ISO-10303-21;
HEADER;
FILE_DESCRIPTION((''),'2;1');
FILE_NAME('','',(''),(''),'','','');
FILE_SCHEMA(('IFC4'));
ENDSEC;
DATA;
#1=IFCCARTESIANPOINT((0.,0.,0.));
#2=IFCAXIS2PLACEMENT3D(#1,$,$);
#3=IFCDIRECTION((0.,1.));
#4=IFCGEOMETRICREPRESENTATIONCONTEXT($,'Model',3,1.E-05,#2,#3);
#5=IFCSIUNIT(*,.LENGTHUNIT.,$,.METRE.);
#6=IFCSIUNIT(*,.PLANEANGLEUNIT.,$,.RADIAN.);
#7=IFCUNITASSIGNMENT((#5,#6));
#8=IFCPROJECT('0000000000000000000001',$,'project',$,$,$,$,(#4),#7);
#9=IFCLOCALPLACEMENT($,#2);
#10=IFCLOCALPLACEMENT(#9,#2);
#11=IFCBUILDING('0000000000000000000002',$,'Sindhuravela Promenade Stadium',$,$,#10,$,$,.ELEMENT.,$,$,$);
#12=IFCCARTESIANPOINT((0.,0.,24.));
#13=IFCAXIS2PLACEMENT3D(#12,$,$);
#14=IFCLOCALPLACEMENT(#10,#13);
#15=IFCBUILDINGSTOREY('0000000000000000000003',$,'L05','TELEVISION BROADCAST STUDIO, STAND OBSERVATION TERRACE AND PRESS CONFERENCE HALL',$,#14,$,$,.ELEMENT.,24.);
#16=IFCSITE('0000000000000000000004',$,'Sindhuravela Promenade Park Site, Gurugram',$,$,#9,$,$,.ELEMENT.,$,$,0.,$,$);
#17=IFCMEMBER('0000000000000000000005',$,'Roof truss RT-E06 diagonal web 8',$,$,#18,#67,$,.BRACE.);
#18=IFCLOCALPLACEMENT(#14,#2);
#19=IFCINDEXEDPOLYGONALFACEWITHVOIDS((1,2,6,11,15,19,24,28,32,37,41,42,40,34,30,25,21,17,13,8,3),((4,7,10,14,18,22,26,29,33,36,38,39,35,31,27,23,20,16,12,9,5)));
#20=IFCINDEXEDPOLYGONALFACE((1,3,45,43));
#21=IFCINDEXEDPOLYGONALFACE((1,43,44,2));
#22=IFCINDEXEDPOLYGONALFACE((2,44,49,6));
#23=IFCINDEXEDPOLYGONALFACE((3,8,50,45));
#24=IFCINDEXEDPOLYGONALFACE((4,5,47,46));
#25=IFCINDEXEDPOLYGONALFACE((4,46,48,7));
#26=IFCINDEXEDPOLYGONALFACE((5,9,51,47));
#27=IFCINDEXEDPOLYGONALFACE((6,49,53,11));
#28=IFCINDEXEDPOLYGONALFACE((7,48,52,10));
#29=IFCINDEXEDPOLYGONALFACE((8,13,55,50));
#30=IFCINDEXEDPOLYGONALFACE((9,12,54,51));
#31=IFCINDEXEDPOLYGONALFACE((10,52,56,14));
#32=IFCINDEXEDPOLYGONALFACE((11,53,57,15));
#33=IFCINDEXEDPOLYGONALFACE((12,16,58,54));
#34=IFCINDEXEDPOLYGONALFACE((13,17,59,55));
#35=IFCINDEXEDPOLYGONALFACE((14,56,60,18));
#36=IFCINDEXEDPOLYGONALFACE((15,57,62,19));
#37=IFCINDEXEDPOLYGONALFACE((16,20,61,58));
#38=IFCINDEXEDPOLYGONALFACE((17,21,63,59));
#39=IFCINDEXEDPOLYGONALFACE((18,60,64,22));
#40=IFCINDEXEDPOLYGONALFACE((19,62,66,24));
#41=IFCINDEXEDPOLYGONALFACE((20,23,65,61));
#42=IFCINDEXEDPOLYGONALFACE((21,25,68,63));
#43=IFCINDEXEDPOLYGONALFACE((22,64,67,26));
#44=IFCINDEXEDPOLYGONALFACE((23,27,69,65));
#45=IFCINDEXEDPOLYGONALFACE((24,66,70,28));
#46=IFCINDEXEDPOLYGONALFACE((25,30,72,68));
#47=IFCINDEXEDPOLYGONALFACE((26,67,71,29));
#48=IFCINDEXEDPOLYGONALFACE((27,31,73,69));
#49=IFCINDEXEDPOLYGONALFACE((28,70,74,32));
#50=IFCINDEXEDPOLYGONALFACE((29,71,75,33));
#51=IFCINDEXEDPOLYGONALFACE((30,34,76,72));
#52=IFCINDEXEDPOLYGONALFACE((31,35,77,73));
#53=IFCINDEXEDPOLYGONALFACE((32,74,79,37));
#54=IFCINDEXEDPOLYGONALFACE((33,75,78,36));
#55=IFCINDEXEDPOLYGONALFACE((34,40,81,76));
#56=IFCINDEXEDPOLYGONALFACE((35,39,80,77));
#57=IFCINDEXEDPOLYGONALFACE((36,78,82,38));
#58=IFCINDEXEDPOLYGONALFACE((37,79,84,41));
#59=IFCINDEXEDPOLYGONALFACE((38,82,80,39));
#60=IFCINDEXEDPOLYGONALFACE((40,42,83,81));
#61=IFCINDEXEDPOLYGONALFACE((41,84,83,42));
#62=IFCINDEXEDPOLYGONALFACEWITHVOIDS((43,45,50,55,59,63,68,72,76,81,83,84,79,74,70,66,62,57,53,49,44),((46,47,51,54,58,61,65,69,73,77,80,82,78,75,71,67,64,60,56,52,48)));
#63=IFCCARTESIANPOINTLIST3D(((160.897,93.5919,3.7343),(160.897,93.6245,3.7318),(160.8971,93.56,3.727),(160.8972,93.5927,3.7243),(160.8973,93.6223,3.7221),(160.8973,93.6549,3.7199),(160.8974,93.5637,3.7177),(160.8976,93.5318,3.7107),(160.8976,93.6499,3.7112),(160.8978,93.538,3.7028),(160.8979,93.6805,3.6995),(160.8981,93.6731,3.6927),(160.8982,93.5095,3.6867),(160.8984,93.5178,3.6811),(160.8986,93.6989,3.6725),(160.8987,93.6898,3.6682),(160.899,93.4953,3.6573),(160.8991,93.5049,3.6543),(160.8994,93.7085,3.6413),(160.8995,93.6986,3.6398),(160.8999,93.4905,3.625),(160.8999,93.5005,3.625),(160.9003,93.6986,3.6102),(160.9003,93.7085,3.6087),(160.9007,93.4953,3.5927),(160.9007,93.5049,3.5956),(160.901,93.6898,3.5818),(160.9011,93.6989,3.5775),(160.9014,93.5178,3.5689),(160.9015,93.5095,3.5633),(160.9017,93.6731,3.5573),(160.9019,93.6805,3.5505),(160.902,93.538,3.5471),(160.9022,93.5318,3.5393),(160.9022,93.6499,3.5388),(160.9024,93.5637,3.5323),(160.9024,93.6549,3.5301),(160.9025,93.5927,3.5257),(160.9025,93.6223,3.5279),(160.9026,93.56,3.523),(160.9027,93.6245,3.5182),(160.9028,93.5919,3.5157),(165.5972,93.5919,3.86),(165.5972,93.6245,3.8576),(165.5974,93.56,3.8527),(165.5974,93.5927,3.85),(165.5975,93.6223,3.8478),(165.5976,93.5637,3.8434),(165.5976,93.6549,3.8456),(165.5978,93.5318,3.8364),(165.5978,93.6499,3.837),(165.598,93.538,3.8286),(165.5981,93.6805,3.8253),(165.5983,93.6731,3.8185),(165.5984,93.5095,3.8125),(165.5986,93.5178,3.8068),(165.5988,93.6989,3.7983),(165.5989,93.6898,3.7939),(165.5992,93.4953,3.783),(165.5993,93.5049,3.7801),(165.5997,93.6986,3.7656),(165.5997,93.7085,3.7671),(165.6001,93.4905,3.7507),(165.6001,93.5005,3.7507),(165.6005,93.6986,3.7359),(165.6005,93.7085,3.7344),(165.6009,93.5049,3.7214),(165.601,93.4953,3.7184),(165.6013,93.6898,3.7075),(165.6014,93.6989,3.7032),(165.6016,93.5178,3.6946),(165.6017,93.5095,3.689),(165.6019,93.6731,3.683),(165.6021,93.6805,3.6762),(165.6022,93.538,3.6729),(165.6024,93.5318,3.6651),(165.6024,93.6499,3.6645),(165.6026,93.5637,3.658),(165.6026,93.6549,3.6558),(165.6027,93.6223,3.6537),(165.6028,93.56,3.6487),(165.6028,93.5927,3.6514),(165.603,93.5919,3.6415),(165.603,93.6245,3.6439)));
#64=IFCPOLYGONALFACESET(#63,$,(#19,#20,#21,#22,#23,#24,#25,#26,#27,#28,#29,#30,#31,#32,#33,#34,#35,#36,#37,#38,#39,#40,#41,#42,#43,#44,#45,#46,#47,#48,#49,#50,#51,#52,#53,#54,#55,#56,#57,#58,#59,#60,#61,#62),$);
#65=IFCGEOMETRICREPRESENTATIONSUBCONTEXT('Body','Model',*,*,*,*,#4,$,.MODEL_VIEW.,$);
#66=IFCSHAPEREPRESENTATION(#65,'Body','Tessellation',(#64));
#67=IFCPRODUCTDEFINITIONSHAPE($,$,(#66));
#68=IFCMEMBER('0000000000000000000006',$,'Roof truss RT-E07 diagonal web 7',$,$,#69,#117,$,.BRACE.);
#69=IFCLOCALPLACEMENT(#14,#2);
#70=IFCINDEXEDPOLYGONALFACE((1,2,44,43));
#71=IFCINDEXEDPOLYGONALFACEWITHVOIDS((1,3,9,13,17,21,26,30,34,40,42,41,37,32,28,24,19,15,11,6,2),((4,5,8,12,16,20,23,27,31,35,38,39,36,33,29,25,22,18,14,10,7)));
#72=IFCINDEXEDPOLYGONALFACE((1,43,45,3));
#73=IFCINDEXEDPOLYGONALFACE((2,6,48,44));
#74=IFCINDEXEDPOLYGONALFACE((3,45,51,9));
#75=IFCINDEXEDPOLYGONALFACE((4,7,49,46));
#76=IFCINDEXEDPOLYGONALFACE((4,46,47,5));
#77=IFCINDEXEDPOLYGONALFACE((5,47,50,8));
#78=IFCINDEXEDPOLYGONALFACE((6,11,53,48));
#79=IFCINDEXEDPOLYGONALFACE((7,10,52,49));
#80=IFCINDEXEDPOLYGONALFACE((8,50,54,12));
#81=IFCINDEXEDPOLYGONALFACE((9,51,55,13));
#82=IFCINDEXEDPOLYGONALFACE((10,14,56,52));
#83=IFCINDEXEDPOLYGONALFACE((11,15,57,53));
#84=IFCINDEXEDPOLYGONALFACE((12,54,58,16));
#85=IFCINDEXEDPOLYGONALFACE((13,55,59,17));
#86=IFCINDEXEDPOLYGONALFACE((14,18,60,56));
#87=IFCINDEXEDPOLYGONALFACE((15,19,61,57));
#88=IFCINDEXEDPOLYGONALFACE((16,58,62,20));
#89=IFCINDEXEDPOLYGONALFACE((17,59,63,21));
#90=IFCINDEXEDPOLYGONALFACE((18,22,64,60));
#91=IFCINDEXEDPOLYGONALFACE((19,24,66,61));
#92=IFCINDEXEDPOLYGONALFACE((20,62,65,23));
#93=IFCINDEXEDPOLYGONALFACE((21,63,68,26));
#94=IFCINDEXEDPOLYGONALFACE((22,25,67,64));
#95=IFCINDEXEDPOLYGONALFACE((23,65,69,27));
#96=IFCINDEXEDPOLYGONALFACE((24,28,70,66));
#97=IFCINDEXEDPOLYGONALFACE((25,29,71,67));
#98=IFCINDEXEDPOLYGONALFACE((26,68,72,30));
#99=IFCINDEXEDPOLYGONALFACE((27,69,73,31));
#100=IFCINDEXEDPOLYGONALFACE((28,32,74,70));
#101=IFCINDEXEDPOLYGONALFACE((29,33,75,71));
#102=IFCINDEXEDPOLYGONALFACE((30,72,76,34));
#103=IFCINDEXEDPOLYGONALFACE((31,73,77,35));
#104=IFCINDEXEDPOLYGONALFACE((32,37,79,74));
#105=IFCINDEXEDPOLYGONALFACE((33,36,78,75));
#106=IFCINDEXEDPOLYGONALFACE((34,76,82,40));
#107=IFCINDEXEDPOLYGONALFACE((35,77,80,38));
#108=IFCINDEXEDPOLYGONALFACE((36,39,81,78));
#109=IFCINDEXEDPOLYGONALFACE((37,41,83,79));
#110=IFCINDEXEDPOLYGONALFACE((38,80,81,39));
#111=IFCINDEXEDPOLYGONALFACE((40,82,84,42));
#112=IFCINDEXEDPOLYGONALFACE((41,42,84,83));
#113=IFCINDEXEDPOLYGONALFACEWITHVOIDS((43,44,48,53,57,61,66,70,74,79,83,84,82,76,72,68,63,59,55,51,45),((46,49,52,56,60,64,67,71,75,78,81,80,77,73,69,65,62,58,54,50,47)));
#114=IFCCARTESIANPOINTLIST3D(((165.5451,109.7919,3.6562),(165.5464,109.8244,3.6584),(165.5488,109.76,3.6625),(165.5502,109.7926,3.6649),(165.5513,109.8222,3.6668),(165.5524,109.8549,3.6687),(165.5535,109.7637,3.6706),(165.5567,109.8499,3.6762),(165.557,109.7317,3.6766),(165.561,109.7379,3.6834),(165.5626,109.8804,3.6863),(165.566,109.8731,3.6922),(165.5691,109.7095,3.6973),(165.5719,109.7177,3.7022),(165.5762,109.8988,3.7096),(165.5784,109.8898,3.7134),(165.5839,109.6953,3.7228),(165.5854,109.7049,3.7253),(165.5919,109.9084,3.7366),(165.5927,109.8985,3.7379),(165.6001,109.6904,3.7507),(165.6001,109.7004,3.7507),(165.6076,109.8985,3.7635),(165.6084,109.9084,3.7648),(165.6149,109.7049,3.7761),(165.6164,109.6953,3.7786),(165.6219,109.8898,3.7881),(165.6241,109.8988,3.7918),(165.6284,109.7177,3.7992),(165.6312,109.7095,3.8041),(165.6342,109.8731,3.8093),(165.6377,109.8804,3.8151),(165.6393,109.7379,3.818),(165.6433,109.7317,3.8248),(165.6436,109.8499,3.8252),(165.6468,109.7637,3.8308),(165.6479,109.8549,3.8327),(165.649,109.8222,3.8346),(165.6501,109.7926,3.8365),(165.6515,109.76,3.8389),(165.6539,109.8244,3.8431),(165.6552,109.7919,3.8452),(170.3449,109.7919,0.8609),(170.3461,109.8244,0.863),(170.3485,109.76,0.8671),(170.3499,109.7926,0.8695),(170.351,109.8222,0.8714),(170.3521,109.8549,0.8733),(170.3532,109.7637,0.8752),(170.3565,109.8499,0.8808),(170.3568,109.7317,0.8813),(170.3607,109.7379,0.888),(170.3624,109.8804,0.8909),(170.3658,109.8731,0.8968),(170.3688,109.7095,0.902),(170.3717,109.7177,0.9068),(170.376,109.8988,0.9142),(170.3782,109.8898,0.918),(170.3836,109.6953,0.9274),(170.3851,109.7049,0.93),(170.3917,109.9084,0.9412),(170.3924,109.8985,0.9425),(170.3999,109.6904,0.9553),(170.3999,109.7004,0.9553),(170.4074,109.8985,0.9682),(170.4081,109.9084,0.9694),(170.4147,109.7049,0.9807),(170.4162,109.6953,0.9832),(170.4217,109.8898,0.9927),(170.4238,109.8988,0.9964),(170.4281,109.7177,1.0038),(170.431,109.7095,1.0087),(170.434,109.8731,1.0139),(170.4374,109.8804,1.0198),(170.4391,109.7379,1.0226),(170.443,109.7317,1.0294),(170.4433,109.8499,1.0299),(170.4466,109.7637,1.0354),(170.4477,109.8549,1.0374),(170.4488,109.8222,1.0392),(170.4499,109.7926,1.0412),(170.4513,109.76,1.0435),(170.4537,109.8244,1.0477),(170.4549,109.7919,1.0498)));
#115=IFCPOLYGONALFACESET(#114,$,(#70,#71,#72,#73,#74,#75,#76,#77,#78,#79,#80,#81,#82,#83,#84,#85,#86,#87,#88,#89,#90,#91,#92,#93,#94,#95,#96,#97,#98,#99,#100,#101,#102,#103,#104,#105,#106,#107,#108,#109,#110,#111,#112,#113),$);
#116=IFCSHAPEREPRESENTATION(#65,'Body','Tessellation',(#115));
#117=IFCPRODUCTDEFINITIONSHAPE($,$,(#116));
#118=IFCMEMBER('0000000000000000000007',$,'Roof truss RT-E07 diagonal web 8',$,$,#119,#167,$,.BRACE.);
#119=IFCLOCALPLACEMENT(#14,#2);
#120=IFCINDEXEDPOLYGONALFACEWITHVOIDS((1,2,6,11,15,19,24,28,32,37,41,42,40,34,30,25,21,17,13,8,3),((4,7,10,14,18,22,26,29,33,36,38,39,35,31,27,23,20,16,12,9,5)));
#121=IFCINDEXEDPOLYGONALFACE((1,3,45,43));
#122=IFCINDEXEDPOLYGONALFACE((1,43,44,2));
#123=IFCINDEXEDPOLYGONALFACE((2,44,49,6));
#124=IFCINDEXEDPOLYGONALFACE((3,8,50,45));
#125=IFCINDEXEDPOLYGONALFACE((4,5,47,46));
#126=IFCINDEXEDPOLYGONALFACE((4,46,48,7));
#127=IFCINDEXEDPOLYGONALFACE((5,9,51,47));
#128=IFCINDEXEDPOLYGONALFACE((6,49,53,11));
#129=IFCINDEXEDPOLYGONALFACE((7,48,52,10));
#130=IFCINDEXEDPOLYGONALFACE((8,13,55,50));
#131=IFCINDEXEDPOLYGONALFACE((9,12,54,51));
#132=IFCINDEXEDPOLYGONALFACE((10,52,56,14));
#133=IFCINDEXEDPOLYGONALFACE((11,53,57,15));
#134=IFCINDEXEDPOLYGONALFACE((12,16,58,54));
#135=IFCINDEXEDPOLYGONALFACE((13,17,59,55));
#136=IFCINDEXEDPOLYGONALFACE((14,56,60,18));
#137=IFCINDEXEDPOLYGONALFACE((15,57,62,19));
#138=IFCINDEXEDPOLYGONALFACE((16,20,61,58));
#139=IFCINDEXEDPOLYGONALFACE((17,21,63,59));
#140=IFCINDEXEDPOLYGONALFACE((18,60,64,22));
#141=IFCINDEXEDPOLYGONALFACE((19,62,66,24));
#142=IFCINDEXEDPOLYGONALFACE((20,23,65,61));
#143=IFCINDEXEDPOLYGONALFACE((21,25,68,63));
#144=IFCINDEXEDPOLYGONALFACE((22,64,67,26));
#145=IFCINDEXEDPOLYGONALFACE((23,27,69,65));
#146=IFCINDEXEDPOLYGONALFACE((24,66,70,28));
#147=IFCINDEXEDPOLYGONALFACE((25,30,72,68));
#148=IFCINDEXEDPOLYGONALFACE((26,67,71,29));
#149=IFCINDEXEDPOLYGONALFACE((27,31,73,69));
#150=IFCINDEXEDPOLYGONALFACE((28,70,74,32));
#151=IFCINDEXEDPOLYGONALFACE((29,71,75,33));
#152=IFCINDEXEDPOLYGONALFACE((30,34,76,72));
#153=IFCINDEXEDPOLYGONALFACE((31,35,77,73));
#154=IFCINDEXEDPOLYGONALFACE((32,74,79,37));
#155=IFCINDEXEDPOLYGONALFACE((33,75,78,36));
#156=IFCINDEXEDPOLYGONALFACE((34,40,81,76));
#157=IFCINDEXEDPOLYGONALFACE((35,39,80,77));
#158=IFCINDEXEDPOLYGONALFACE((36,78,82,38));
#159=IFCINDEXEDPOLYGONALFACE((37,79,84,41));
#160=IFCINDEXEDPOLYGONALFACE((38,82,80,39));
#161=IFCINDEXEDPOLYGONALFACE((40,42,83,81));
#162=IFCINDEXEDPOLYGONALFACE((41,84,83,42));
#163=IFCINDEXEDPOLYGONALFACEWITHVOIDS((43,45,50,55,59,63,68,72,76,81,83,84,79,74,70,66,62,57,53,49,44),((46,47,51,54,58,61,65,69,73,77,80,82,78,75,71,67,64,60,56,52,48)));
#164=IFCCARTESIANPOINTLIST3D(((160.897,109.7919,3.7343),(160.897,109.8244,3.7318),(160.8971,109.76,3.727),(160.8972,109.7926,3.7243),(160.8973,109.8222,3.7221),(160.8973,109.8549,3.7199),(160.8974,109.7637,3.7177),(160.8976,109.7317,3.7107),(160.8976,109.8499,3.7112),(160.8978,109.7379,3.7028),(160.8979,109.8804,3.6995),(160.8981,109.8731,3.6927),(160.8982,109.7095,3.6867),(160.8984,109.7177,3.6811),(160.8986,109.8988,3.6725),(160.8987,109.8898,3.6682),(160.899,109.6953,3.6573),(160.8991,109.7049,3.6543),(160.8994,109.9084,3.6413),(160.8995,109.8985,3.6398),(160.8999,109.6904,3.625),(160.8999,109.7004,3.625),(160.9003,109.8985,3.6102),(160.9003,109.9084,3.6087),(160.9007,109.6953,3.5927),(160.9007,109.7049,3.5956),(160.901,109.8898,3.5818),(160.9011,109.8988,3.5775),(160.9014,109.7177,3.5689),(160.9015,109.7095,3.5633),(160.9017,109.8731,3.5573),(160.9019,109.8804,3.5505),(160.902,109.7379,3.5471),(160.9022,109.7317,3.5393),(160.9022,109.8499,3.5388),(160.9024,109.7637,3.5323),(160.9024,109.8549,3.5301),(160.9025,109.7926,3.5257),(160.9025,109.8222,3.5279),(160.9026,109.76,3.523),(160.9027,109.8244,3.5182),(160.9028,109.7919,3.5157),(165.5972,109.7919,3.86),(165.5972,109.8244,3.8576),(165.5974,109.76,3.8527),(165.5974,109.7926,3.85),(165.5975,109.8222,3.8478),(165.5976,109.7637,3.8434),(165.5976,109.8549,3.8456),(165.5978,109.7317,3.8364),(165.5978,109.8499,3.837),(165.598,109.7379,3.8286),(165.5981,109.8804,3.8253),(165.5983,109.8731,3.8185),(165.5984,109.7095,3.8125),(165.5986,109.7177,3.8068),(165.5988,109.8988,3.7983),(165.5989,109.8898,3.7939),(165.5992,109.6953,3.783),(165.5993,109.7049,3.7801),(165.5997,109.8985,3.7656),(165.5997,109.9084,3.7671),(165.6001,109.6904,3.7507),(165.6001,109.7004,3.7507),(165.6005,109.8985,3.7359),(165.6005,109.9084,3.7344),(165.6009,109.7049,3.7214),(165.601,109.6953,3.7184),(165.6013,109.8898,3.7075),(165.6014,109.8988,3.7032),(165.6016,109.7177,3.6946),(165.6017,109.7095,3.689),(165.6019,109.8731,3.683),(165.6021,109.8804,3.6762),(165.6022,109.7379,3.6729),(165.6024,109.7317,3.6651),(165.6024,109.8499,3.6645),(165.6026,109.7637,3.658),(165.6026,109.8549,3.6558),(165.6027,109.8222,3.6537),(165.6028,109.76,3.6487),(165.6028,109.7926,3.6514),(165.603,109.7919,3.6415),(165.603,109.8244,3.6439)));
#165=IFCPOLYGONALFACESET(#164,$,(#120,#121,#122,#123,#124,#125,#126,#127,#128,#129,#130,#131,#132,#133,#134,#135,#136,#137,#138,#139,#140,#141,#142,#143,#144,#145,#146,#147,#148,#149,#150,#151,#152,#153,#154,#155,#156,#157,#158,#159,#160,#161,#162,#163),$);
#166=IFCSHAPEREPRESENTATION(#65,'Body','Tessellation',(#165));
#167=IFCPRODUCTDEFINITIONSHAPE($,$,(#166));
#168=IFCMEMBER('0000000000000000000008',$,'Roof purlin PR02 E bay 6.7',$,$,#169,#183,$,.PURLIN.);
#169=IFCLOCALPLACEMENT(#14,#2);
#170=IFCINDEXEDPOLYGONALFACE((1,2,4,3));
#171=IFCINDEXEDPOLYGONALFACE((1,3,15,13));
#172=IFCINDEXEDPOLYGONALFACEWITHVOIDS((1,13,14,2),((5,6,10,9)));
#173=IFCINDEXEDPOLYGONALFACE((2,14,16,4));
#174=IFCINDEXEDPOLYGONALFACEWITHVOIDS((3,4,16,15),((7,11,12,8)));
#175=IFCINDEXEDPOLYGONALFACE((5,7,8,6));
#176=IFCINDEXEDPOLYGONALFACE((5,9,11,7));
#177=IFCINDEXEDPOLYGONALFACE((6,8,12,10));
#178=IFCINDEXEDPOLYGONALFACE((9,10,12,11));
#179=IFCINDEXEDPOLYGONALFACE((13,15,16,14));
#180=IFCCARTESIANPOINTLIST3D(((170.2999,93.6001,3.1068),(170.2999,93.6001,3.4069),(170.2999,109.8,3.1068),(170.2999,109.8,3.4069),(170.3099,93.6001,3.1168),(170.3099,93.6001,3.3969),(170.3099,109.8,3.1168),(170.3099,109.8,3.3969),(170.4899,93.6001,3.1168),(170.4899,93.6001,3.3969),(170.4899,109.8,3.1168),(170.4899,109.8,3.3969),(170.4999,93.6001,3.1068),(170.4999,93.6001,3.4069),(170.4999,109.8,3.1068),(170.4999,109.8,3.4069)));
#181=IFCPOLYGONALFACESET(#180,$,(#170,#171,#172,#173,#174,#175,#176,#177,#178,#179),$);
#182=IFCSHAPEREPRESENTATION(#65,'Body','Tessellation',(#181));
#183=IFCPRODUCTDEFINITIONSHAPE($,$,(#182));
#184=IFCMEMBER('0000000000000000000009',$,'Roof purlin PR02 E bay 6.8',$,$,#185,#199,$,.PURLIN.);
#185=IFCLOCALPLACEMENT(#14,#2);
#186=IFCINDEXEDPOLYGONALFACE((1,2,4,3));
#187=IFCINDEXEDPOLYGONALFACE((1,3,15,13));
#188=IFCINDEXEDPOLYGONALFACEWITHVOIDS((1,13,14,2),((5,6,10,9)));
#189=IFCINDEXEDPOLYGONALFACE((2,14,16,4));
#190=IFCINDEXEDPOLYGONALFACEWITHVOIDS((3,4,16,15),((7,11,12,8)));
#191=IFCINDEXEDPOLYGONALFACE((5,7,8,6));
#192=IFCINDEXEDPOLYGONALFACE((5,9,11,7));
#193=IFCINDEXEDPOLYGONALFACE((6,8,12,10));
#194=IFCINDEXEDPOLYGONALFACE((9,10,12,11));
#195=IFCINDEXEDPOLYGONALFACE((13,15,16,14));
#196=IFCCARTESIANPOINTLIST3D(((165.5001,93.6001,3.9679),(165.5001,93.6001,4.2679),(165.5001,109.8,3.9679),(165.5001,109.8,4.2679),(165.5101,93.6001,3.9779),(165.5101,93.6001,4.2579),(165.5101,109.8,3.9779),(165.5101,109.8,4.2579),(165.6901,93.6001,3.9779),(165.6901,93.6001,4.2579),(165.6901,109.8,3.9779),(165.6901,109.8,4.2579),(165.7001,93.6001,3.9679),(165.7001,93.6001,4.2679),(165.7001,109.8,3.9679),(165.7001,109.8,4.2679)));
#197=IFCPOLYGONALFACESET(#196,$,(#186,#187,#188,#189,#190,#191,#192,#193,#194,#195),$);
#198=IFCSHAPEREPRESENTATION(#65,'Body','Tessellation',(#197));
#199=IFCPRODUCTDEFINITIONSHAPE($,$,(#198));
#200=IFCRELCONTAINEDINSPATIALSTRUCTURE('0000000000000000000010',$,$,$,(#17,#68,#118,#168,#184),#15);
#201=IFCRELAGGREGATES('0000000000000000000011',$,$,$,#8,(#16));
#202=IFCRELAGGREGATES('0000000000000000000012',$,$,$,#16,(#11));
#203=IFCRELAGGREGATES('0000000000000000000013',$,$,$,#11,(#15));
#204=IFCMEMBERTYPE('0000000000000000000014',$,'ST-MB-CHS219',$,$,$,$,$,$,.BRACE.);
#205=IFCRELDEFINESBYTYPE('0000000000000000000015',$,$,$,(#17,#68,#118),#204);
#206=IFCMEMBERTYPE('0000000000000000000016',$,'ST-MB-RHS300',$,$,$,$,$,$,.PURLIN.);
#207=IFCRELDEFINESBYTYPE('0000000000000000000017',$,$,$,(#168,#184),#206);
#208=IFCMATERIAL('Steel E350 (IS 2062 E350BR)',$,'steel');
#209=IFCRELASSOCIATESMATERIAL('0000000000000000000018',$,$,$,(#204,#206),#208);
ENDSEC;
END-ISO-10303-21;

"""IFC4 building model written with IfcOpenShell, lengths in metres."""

from ifc_helpers import new_model, si_unit, direction, frame, origin, origin_2d, place, context, subcontext, project, spatial, hollow_rectangle, hollow_circle, extrude, material, material_profile, profile_set, type_object, element, save


model = new_model("IFC4")

# Units and contexts
model_context = context("Model", 3, precision=1e-05, world=origin(), true_north=direction((0.0, 1.0)))
body_context = subcontext(model_context, "Body", "Model", "MODEL_VIEW")
ifc_project = project(units=[si_unit("LENGTHUNIT", "METRE"), si_unit("PLANEANGLEUNIT", "RADIAN")], contexts=[model_context])

# Site, building, storey
site_placement = place(None, origin())
site = spatial("IfcSite", under=ifc_project, at=site_placement, Name="Sindhuravela Promenade Park Site, Gurugram", CompositionType="ELEMENT", RefElevation=0.0)
building_placement = place(site_placement, origin())
building = spatial("IfcBuilding", under=site, at=building_placement, Name="Sindhuravela Promenade Stadium", CompositionType="ELEMENT")
storey_placement = place(building_placement, frame((0.0, 0.0, 24.0)))
storey = spatial("IfcBuildingStorey", under=building, at=storey_placement, Name="L05", Description="TELEVISION BROADCAST STUDIO, STAND OBSERVATION TERRACE AND PRESS CONFERENCE HALL", CompositionType="ELEMENT", Elevation=24.0)

# Shared definitions
ifc_material_1 = material(Name="Steel E350 (IS 2062 E350BR)", Category="steel")

# Members
ifc_material_profile_1 = material_profile(ifc_material_1, hollow_circle(Radius=0.1096, WallThickness=0.01, at=origin_2d()), Name="CHS 219.1x10")
ifc_profile_set_1 = profile_set([ifc_material_profile_1], Name="Steel E350 (IS 2062 E350BR)")
member_type_1 = type_object("IfcMemberType", Name="ST-MB-CHS219", PredefinedType="BRACE", material=ifc_profile_set_1)
member_1_placement = place(storey_placement, frame((165.6001, 93.6001, 3.7507), z_axis=(-0.999642, 0.0, -0.026741), x_axis=(0.0, -1.0, 0.0)))
element("IfcMember", 1, at=member_1_placement, inside=storey, type_object=member_type_1, Name="Roof truss RT-E06 diagonal web 8", PredefinedType="BRACE", context=body_context, shape_type="SweptSolid", body=[
    extrude(hollow_circle(Radius=0.1096, WallThickness=0.01, at=origin_2d()), origin(), (0.0, 0.0, 1.0), 4.7019),
])
member_2_placement = place(storey_placement, frame((170.3999, 109.8, 0.9553), z_axis=(-0.864129, 0.0, 0.50327), x_axis=(0.0, -1.0, 0.0)))
element("IfcMember", 2, at=member_2_placement, inside=storey, type_object=member_type_1, Name="Roof truss RT-E07 diagonal web 7", PredefinedType="BRACE", context=body_context, shape_type="SweptSolid", body=[
    extrude(hollow_circle(Radius=0.1096, WallThickness=0.01, at=origin_2d()), origin(), (0.0, 0.0, 1.0), 5.5544),
])
member_3_placement = place(storey_placement, frame((165.6001, 109.8, 3.7507), z_axis=(-0.999642, 0.0, -0.026741), x_axis=(0.0, -1.0, 0.0)))
element("IfcMember", 3, at=member_3_placement, inside=storey, type_object=member_type_1, Name="Roof truss RT-E07 diagonal web 8", PredefinedType="BRACE", context=body_context, shape_type="SweptSolid", body=[
    extrude(hollow_circle(Radius=0.1096, WallThickness=0.01, at=origin_2d()), origin(), (0.0, 0.0, 1.0), 4.7019),
])
ifc_material_profile_2 = material_profile(ifc_material_1, hollow_rectangle(XDim=0.2, YDim=0.3, WallThickness=0.01, at=origin_2d()), Name="RHS 300x200x10")
ifc_profile_set_2 = profile_set([ifc_material_profile_2], Name="Steel E350 (IS 2062 E350BR)")
member_type_2 = type_object("IfcMemberType", Name="ST-MB-RHS300", PredefinedType="PURLIN", material=ifc_profile_set_2)
for number, where, z_axis, x_axis, name in (
    (4, (170.3999, 93.6001, 3.2568), (0.0, 1.0, 0.0), (-1.0, 0.0, 0.0), "Roof purlin PR02 E bay 6.7"),
    (5, (165.6001, 93.6001, 4.1179), (0.0, 1.0, 0.0), (-1.0, 0.0, 0.0), "Roof purlin PR02 E bay 6.8"),
):
    element("IfcMember", number, at=place(storey_placement, frame(where, z_axis=z_axis, x_axis=x_axis)), inside=storey, type_object=member_type_2, Name=name, PredefinedType="PURLIN", context=body_context, shape_type="SweptSolid", body=[
        extrude(hollow_rectangle(XDim=0.2, YDim=0.3, WallThickness=0.01, at=origin_2d()), origin(), (0.0, 0.0, 1.0), 16.2),
    ])

save(model, "model.ifc")
